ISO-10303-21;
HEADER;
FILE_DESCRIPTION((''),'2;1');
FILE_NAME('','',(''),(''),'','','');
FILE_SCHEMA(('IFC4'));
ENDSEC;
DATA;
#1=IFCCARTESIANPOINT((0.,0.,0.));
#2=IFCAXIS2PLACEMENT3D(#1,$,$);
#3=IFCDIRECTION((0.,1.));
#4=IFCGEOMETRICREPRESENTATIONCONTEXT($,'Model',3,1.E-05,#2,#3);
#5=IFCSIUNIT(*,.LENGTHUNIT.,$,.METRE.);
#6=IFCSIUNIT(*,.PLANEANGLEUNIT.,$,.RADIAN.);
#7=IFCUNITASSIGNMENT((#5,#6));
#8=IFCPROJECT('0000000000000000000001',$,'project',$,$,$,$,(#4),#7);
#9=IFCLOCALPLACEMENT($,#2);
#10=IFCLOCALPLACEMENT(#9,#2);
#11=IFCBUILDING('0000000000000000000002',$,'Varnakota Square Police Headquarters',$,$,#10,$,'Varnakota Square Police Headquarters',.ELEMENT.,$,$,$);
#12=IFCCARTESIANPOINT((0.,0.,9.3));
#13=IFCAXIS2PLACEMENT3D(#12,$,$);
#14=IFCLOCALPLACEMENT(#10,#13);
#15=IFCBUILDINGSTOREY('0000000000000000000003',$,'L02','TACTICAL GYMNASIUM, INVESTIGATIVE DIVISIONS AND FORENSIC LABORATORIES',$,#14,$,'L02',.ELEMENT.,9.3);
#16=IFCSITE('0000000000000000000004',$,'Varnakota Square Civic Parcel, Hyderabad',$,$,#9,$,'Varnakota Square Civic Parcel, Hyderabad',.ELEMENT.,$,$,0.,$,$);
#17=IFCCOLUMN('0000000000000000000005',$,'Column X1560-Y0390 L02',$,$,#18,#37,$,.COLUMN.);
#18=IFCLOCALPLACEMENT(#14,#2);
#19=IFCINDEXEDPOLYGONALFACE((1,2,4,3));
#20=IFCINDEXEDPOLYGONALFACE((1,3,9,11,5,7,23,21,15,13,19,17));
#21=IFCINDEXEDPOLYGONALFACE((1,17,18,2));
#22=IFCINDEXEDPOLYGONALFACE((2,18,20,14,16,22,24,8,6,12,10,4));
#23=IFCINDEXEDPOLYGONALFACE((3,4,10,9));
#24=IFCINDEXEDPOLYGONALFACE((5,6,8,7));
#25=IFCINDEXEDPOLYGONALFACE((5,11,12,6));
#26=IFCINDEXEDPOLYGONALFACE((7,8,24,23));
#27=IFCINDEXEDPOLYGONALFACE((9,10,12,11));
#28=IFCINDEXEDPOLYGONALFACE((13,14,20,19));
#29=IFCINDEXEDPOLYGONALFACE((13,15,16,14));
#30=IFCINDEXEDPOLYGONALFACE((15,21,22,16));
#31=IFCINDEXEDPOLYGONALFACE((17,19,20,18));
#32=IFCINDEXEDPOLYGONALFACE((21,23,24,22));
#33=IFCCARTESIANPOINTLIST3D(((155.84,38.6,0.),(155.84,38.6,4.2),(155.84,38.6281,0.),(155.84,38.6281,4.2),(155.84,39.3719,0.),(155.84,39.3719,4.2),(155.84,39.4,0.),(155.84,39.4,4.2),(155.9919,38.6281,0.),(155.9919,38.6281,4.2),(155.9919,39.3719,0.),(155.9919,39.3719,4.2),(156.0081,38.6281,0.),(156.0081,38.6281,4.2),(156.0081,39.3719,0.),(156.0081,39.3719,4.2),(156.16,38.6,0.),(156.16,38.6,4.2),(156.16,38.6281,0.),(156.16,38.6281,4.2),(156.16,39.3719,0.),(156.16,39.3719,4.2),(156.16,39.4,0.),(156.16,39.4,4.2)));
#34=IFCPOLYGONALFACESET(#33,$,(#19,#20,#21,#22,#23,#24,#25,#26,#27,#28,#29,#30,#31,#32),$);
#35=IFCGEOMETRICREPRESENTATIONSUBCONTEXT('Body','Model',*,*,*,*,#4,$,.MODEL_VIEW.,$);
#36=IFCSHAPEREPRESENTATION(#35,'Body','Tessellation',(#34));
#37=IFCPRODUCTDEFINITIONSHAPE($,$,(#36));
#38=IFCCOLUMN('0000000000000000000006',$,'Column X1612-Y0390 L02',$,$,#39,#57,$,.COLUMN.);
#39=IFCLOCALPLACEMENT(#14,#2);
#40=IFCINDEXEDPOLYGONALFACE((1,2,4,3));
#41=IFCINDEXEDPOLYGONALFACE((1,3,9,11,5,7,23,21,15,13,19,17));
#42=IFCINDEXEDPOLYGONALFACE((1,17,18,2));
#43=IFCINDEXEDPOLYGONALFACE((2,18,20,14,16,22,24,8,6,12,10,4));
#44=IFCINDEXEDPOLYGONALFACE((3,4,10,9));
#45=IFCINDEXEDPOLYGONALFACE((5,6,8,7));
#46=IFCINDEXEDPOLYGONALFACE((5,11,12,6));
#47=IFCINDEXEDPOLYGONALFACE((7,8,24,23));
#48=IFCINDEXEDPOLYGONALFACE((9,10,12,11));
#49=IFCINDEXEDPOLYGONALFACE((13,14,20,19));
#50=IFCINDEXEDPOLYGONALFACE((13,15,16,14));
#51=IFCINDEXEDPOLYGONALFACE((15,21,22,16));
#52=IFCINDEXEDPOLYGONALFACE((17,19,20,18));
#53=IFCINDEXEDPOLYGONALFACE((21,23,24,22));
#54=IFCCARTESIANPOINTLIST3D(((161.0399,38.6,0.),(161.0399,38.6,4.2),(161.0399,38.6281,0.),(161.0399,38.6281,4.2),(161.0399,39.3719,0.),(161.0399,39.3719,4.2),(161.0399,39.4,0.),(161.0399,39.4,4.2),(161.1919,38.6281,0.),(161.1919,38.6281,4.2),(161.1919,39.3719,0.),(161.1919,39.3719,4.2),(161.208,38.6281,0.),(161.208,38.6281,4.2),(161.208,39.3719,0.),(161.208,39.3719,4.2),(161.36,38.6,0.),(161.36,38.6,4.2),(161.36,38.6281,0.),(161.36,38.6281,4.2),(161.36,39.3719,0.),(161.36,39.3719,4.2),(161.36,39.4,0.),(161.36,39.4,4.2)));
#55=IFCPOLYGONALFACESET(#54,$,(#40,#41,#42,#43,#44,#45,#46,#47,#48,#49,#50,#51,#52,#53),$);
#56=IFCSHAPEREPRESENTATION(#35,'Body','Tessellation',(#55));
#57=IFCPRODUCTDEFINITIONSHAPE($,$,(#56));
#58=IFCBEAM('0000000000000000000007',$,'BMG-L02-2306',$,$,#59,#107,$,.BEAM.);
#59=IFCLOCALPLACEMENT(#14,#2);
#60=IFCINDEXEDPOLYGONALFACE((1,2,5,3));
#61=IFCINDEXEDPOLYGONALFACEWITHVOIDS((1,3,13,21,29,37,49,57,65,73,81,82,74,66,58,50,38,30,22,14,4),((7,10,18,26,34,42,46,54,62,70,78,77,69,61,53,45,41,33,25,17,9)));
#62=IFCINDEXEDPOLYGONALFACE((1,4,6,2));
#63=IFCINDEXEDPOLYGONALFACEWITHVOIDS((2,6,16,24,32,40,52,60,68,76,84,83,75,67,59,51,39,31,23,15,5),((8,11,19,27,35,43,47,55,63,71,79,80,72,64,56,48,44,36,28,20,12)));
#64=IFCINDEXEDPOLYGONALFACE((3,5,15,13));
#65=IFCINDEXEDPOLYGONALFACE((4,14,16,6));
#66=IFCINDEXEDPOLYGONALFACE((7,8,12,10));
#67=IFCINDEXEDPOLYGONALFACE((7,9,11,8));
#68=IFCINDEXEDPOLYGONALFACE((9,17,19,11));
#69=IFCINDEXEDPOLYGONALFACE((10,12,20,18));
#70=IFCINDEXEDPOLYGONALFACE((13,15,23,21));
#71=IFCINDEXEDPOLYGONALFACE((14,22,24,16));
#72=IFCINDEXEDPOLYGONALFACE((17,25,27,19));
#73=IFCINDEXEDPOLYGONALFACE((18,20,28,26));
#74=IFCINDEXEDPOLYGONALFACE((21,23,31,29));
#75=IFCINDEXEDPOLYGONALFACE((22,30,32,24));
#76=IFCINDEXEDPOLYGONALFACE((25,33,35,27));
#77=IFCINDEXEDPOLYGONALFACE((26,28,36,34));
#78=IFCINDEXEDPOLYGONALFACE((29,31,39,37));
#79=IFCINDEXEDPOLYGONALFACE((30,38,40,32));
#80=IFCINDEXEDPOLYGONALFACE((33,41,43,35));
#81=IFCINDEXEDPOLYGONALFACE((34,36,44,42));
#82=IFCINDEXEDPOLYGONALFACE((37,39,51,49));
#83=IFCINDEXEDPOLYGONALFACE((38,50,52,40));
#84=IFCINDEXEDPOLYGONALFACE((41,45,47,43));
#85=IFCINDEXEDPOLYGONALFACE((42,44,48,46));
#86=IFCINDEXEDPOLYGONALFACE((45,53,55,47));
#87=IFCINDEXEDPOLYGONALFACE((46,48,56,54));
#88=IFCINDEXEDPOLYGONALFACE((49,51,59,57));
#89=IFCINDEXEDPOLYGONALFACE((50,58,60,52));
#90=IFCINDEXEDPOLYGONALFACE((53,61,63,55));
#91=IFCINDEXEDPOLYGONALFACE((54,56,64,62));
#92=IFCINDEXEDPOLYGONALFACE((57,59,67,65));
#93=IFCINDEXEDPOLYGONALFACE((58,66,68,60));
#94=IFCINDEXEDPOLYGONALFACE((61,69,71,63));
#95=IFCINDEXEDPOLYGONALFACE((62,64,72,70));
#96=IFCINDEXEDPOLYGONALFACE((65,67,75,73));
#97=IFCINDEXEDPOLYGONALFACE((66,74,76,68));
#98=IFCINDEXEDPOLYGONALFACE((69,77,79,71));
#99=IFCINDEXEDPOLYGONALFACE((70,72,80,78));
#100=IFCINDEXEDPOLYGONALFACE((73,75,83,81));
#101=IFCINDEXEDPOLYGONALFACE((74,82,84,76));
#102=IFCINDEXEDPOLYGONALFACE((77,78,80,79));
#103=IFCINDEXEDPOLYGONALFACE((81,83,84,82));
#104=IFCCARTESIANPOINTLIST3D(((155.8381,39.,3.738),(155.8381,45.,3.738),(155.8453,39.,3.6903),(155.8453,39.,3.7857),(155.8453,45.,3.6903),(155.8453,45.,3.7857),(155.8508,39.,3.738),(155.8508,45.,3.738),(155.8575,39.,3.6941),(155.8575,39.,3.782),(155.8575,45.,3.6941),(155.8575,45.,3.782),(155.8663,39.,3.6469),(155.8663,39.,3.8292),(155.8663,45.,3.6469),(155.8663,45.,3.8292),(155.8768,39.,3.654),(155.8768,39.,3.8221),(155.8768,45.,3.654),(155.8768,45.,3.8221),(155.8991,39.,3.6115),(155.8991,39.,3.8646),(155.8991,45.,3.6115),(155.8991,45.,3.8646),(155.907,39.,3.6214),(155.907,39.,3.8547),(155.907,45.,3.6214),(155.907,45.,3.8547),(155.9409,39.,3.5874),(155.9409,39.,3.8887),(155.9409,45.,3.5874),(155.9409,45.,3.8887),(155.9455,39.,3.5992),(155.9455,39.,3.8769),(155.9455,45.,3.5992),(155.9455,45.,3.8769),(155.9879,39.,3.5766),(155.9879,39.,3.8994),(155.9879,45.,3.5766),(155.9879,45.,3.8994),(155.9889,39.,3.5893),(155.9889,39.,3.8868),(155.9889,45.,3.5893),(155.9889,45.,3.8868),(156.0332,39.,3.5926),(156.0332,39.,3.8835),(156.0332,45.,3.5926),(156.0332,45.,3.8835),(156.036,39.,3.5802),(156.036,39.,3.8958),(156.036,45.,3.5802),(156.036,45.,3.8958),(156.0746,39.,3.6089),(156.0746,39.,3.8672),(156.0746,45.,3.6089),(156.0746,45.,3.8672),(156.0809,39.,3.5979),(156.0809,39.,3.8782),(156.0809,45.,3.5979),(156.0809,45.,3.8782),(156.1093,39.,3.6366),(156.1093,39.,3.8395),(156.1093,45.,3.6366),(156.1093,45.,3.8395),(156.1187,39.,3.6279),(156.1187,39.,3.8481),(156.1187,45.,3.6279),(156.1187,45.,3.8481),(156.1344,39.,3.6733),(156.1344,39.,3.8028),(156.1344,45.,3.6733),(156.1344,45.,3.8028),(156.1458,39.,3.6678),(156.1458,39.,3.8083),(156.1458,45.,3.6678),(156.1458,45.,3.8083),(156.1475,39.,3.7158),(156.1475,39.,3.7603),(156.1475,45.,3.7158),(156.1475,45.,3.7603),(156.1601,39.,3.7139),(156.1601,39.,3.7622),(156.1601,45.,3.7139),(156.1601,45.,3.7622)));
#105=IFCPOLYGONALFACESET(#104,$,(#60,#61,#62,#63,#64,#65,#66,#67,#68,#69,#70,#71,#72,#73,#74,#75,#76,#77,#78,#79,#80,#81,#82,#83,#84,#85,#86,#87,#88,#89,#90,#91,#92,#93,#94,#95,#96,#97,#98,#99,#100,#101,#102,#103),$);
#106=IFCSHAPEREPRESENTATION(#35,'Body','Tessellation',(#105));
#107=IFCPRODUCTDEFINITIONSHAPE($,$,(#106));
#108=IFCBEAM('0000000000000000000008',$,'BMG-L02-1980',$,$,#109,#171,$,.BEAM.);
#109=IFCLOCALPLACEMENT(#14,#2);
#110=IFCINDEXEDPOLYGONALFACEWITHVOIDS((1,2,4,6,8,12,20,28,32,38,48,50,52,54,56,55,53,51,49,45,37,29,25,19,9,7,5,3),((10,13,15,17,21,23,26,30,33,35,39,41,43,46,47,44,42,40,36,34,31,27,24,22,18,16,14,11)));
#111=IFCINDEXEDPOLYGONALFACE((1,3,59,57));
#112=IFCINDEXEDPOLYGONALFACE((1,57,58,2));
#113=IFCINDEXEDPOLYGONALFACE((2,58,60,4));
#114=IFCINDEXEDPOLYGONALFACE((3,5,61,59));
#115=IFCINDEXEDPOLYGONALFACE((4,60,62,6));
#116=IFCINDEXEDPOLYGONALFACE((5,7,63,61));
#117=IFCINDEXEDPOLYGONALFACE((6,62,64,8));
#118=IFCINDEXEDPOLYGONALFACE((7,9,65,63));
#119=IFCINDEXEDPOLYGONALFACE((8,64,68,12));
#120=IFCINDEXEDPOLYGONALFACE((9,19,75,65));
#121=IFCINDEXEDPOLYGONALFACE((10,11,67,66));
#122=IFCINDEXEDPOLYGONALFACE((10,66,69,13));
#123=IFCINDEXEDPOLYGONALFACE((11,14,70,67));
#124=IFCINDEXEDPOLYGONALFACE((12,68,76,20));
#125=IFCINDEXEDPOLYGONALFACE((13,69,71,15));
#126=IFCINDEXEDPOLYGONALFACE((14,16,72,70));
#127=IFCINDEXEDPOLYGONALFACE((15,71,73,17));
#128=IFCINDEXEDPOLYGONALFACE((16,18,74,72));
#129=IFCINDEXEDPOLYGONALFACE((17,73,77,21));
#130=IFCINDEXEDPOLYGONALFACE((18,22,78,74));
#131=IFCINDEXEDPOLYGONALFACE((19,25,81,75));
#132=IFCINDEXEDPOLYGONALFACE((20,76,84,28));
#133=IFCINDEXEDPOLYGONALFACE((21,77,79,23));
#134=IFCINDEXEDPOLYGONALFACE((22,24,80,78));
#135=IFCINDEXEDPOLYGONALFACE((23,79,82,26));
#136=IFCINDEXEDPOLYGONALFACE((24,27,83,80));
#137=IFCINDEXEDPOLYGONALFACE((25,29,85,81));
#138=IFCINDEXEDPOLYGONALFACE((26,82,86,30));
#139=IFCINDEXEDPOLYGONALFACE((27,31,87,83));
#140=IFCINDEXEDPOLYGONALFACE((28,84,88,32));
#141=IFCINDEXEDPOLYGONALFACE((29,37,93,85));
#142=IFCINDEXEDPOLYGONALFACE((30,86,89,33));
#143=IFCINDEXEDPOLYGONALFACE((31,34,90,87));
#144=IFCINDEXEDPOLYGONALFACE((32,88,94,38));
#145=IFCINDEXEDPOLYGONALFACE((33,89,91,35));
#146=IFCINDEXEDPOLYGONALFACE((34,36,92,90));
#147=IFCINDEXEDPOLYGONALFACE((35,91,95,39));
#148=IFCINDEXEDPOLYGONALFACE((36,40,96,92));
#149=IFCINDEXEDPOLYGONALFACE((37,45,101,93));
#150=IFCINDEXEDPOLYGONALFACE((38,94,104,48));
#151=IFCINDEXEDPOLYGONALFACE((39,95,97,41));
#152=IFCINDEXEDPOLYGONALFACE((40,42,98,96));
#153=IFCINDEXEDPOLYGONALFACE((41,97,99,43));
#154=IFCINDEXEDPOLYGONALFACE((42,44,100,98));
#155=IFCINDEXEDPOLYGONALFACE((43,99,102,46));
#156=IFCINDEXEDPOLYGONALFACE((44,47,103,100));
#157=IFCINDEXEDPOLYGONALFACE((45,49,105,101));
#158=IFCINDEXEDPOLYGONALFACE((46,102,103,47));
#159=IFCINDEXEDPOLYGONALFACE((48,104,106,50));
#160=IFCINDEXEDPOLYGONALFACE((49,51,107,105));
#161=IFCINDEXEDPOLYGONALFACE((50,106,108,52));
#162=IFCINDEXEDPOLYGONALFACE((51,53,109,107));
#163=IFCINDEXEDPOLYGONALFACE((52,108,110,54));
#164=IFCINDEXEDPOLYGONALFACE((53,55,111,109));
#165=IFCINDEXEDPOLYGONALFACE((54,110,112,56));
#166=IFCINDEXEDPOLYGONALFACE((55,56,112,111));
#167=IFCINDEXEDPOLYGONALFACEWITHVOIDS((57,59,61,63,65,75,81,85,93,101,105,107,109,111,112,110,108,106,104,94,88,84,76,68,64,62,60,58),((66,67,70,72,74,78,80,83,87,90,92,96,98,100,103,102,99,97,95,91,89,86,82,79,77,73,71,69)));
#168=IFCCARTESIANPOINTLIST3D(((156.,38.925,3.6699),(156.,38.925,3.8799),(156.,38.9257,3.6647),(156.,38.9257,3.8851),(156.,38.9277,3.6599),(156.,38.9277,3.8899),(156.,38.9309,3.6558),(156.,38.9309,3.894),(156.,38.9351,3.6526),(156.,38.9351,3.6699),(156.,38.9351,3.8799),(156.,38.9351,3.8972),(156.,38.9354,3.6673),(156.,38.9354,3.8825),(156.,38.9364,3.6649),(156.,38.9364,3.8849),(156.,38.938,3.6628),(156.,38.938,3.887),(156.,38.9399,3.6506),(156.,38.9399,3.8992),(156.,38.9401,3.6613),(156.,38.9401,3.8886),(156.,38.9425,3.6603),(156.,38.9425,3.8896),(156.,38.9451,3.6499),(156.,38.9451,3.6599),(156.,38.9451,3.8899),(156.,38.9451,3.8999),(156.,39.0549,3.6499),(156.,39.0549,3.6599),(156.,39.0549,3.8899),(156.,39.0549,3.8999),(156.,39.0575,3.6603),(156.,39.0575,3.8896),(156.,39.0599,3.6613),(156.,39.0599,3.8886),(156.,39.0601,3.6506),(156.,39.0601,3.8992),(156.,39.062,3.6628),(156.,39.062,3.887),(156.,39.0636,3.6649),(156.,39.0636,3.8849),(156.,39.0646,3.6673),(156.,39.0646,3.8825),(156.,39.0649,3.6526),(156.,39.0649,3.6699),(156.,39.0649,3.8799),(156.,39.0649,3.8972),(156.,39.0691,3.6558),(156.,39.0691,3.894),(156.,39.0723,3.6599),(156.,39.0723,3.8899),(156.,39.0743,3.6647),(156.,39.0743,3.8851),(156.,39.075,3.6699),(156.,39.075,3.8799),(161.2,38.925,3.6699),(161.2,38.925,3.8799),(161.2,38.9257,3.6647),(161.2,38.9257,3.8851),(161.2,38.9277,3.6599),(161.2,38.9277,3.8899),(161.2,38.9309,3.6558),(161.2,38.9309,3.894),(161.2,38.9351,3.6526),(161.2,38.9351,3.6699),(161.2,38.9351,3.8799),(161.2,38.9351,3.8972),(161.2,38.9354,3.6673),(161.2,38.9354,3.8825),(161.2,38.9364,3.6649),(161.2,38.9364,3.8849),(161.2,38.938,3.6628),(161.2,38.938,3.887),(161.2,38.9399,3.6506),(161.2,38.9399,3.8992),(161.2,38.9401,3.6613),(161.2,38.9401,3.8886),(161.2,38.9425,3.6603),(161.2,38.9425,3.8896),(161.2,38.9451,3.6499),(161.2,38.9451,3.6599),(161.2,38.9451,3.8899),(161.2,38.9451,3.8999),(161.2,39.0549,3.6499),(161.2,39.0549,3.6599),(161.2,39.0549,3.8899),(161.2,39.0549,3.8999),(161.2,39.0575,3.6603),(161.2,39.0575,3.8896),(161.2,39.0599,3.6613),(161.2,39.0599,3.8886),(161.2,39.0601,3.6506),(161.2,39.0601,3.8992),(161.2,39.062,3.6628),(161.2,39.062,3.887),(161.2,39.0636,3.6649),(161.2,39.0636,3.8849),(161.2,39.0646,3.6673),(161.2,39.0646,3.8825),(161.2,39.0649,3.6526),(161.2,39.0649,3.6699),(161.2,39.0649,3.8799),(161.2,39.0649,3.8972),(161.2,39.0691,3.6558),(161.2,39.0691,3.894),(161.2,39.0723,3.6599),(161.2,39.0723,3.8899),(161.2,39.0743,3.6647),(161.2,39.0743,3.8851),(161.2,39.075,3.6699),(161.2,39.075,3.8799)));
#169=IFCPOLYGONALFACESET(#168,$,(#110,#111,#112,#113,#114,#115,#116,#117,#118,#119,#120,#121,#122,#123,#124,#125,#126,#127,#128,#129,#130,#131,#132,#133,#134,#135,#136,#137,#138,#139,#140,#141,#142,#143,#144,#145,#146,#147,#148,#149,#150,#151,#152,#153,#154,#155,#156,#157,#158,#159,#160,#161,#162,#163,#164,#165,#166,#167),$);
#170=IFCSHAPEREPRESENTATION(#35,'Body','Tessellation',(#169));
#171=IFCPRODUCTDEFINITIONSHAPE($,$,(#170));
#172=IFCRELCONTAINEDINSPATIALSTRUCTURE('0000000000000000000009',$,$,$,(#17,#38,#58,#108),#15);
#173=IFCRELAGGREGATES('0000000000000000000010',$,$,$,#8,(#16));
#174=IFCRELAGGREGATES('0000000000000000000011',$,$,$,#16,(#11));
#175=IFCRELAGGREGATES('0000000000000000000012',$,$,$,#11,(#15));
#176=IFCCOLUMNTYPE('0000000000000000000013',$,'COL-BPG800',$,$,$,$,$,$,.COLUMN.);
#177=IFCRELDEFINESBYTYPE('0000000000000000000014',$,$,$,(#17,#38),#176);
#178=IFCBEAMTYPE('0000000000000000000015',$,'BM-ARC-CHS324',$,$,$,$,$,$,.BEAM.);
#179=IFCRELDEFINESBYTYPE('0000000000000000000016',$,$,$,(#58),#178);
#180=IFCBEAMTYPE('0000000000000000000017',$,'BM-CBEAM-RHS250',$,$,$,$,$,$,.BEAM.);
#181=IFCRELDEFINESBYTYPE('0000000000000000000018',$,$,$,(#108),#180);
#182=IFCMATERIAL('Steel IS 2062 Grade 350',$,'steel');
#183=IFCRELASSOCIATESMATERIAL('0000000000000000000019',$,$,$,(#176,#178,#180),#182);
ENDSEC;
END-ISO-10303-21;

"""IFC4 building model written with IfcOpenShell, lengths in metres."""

from ifc_helpers import new_model, si_unit, direction, frame, origin, origin_2d, place, context, subcontext, project, spatial, hollow_rectangle, hollow_circle, i_section, extrude, material, material_profile, profile_set, type_object, element, save


model = new_model("IFC4")

# Units and contexts
model_context = context("Model", 3, precision=1e-05, world=origin(), true_north=direction((0.0, 1.0)))
body_context = subcontext(model_context, "Body", "Model", "MODEL_VIEW")
ifc_project = project(units=[si_unit("LENGTHUNIT", "METRE"), si_unit("PLANEANGLEUNIT", "RADIAN")], contexts=[model_context])

# Site, building, storey
site_placement = place(None, origin())
site = spatial("IfcSite", under=ifc_project, at=site_placement, Name="Varnakota Square Civic Parcel, Hyderabad", LongName="Varnakota Square Civic Parcel, Hyderabad", CompositionType="ELEMENT", RefElevation=0.0)
building_placement = place(site_placement, origin())
building = spatial("IfcBuilding", under=site, at=building_placement, Name="Varnakota Square Police Headquarters", LongName="Varnakota Square Police Headquarters", CompositionType="ELEMENT")
storey_placement = place(building_placement, frame((0.0, 0.0, 9.3)))
storey = spatial("IfcBuildingStorey", under=building, at=storey_placement, Name="L02", Description="TACTICAL GYMNASIUM, INVESTIGATIVE DIVISIONS AND FORENSIC LABORATORIES", LongName="L02", CompositionType="ELEMENT", Elevation=9.3)

# Columns
ifc_material_1 = material(Name="Steel IS 2062 Grade 350", Category="steel")
ifc_material_profile_1 = material_profile(ifc_material_1, i_section(OverallWidth=0.3201, OverallDepth=0.8, WebThickness=0.0161, FlangeThickness=0.0281, at=origin_2d()), Name="BPG 800x320")
ifc_profile_set_1 = profile_set([ifc_material_profile_1], Name="Steel IS 2062 Grade 350")
column_type = type_object("IfcColumnType", Name="COL-BPG800", PredefinedType="COLUMN", material=ifc_profile_set_1)
for number, where, z_axis, x_axis, name in (
    (1, (156.0, 39.0, 0.0), (0.0, 0.0, 1.0), (1.0, 0.0, 0.0), "Column X1560-Y0390 L02"),
    (2, (161.2, 39.0, 0.0), (0.0, 0.0, 1.0), (1.0, 0.0, 0.0), "Column X1612-Y0390 L02"),
):
    element("IfcColumn", number, at=place(storey_placement, frame(where, z_axis=z_axis, x_axis=x_axis)), inside=storey, type_object=column_type, Name=name, PredefinedType="COLUMN", context=body_context, shape_type="SweptSolid", body=[
        extrude(i_section(OverallWidth=0.3201, OverallDepth=0.8, WebThickness=0.0161, FlangeThickness=0.0281, at=origin_2d()), origin(), (0.0, 0.0, 1.0), 4.2),
    ])

# Beams
ifc_material_profile_2 = material_profile(ifc_material_1, hollow_circle(Radius=0.1619, WallThickness=0.0127, at=origin_2d()), Name="CHS 323.9x12.7")
ifc_profile_set_2 = profile_set([ifc_material_profile_2], Name="Steel IS 2062 Grade 350")
beam_type_1 = type_object("IfcBeamType", Name="BM-ARC-CHS324", PredefinedType="BEAM", material=ifc_profile_set_2)
beam_1_placement = place(storey_placement, frame((156.0, 39.0, 3.738), z_axis=(0.0, 1.0, 0.0), x_axis=(-1.0, 0.0, 0.0)))
element("IfcBeam", 3, at=beam_1_placement, inside=storey, type_object=beam_type_1, Name="BMG-L02-2306", PredefinedType="BEAM", context=body_context, shape_type="SweptSolid", body=[
    extrude(hollow_circle(Radius=0.1619, WallThickness=0.0127, at=origin_2d()), origin(), (0.0, 0.0, 1.0), 6.0),
])
ifc_material_profile_3 = material_profile(ifc_material_1, hollow_rectangle(XDim=0.1499, YDim=0.25, WallThickness=0.01, InnerFilletRadius=0.01, OuterFilletRadius=0.02, at=origin_2d()), Name="RHS 250x150x10")
ifc_profile_set_3 = profile_set([ifc_material_profile_3], Name="Steel IS 2062 Grade 350")
beam_type_2 = type_object("IfcBeamType", Name="BM-CBEAM-RHS250", PredefinedType="BEAM", material=ifc_profile_set_3)
beam_2_placement = place(storey_placement, frame((156.0, 39.0, 3.7749), z_axis=(1.0, 0.0, 0.0), x_axis=(0.0, 1.0, 0.0)))
element("IfcBeam", 4, at=beam_2_placement, inside=storey, type_object=beam_type_2, Name="BMG-L02-1980", PredefinedType="BEAM", context=body_context, shape_type="SweptSolid", body=[
    extrude(hollow_rectangle(XDim=0.1499, YDim=0.25, WallThickness=0.01, InnerFilletRadius=0.01, OuterFilletRadius=0.02, at=origin_2d()), origin(), (0.0, 0.0, 1.0), 5.2),
])

save(model, "model.ifc")
